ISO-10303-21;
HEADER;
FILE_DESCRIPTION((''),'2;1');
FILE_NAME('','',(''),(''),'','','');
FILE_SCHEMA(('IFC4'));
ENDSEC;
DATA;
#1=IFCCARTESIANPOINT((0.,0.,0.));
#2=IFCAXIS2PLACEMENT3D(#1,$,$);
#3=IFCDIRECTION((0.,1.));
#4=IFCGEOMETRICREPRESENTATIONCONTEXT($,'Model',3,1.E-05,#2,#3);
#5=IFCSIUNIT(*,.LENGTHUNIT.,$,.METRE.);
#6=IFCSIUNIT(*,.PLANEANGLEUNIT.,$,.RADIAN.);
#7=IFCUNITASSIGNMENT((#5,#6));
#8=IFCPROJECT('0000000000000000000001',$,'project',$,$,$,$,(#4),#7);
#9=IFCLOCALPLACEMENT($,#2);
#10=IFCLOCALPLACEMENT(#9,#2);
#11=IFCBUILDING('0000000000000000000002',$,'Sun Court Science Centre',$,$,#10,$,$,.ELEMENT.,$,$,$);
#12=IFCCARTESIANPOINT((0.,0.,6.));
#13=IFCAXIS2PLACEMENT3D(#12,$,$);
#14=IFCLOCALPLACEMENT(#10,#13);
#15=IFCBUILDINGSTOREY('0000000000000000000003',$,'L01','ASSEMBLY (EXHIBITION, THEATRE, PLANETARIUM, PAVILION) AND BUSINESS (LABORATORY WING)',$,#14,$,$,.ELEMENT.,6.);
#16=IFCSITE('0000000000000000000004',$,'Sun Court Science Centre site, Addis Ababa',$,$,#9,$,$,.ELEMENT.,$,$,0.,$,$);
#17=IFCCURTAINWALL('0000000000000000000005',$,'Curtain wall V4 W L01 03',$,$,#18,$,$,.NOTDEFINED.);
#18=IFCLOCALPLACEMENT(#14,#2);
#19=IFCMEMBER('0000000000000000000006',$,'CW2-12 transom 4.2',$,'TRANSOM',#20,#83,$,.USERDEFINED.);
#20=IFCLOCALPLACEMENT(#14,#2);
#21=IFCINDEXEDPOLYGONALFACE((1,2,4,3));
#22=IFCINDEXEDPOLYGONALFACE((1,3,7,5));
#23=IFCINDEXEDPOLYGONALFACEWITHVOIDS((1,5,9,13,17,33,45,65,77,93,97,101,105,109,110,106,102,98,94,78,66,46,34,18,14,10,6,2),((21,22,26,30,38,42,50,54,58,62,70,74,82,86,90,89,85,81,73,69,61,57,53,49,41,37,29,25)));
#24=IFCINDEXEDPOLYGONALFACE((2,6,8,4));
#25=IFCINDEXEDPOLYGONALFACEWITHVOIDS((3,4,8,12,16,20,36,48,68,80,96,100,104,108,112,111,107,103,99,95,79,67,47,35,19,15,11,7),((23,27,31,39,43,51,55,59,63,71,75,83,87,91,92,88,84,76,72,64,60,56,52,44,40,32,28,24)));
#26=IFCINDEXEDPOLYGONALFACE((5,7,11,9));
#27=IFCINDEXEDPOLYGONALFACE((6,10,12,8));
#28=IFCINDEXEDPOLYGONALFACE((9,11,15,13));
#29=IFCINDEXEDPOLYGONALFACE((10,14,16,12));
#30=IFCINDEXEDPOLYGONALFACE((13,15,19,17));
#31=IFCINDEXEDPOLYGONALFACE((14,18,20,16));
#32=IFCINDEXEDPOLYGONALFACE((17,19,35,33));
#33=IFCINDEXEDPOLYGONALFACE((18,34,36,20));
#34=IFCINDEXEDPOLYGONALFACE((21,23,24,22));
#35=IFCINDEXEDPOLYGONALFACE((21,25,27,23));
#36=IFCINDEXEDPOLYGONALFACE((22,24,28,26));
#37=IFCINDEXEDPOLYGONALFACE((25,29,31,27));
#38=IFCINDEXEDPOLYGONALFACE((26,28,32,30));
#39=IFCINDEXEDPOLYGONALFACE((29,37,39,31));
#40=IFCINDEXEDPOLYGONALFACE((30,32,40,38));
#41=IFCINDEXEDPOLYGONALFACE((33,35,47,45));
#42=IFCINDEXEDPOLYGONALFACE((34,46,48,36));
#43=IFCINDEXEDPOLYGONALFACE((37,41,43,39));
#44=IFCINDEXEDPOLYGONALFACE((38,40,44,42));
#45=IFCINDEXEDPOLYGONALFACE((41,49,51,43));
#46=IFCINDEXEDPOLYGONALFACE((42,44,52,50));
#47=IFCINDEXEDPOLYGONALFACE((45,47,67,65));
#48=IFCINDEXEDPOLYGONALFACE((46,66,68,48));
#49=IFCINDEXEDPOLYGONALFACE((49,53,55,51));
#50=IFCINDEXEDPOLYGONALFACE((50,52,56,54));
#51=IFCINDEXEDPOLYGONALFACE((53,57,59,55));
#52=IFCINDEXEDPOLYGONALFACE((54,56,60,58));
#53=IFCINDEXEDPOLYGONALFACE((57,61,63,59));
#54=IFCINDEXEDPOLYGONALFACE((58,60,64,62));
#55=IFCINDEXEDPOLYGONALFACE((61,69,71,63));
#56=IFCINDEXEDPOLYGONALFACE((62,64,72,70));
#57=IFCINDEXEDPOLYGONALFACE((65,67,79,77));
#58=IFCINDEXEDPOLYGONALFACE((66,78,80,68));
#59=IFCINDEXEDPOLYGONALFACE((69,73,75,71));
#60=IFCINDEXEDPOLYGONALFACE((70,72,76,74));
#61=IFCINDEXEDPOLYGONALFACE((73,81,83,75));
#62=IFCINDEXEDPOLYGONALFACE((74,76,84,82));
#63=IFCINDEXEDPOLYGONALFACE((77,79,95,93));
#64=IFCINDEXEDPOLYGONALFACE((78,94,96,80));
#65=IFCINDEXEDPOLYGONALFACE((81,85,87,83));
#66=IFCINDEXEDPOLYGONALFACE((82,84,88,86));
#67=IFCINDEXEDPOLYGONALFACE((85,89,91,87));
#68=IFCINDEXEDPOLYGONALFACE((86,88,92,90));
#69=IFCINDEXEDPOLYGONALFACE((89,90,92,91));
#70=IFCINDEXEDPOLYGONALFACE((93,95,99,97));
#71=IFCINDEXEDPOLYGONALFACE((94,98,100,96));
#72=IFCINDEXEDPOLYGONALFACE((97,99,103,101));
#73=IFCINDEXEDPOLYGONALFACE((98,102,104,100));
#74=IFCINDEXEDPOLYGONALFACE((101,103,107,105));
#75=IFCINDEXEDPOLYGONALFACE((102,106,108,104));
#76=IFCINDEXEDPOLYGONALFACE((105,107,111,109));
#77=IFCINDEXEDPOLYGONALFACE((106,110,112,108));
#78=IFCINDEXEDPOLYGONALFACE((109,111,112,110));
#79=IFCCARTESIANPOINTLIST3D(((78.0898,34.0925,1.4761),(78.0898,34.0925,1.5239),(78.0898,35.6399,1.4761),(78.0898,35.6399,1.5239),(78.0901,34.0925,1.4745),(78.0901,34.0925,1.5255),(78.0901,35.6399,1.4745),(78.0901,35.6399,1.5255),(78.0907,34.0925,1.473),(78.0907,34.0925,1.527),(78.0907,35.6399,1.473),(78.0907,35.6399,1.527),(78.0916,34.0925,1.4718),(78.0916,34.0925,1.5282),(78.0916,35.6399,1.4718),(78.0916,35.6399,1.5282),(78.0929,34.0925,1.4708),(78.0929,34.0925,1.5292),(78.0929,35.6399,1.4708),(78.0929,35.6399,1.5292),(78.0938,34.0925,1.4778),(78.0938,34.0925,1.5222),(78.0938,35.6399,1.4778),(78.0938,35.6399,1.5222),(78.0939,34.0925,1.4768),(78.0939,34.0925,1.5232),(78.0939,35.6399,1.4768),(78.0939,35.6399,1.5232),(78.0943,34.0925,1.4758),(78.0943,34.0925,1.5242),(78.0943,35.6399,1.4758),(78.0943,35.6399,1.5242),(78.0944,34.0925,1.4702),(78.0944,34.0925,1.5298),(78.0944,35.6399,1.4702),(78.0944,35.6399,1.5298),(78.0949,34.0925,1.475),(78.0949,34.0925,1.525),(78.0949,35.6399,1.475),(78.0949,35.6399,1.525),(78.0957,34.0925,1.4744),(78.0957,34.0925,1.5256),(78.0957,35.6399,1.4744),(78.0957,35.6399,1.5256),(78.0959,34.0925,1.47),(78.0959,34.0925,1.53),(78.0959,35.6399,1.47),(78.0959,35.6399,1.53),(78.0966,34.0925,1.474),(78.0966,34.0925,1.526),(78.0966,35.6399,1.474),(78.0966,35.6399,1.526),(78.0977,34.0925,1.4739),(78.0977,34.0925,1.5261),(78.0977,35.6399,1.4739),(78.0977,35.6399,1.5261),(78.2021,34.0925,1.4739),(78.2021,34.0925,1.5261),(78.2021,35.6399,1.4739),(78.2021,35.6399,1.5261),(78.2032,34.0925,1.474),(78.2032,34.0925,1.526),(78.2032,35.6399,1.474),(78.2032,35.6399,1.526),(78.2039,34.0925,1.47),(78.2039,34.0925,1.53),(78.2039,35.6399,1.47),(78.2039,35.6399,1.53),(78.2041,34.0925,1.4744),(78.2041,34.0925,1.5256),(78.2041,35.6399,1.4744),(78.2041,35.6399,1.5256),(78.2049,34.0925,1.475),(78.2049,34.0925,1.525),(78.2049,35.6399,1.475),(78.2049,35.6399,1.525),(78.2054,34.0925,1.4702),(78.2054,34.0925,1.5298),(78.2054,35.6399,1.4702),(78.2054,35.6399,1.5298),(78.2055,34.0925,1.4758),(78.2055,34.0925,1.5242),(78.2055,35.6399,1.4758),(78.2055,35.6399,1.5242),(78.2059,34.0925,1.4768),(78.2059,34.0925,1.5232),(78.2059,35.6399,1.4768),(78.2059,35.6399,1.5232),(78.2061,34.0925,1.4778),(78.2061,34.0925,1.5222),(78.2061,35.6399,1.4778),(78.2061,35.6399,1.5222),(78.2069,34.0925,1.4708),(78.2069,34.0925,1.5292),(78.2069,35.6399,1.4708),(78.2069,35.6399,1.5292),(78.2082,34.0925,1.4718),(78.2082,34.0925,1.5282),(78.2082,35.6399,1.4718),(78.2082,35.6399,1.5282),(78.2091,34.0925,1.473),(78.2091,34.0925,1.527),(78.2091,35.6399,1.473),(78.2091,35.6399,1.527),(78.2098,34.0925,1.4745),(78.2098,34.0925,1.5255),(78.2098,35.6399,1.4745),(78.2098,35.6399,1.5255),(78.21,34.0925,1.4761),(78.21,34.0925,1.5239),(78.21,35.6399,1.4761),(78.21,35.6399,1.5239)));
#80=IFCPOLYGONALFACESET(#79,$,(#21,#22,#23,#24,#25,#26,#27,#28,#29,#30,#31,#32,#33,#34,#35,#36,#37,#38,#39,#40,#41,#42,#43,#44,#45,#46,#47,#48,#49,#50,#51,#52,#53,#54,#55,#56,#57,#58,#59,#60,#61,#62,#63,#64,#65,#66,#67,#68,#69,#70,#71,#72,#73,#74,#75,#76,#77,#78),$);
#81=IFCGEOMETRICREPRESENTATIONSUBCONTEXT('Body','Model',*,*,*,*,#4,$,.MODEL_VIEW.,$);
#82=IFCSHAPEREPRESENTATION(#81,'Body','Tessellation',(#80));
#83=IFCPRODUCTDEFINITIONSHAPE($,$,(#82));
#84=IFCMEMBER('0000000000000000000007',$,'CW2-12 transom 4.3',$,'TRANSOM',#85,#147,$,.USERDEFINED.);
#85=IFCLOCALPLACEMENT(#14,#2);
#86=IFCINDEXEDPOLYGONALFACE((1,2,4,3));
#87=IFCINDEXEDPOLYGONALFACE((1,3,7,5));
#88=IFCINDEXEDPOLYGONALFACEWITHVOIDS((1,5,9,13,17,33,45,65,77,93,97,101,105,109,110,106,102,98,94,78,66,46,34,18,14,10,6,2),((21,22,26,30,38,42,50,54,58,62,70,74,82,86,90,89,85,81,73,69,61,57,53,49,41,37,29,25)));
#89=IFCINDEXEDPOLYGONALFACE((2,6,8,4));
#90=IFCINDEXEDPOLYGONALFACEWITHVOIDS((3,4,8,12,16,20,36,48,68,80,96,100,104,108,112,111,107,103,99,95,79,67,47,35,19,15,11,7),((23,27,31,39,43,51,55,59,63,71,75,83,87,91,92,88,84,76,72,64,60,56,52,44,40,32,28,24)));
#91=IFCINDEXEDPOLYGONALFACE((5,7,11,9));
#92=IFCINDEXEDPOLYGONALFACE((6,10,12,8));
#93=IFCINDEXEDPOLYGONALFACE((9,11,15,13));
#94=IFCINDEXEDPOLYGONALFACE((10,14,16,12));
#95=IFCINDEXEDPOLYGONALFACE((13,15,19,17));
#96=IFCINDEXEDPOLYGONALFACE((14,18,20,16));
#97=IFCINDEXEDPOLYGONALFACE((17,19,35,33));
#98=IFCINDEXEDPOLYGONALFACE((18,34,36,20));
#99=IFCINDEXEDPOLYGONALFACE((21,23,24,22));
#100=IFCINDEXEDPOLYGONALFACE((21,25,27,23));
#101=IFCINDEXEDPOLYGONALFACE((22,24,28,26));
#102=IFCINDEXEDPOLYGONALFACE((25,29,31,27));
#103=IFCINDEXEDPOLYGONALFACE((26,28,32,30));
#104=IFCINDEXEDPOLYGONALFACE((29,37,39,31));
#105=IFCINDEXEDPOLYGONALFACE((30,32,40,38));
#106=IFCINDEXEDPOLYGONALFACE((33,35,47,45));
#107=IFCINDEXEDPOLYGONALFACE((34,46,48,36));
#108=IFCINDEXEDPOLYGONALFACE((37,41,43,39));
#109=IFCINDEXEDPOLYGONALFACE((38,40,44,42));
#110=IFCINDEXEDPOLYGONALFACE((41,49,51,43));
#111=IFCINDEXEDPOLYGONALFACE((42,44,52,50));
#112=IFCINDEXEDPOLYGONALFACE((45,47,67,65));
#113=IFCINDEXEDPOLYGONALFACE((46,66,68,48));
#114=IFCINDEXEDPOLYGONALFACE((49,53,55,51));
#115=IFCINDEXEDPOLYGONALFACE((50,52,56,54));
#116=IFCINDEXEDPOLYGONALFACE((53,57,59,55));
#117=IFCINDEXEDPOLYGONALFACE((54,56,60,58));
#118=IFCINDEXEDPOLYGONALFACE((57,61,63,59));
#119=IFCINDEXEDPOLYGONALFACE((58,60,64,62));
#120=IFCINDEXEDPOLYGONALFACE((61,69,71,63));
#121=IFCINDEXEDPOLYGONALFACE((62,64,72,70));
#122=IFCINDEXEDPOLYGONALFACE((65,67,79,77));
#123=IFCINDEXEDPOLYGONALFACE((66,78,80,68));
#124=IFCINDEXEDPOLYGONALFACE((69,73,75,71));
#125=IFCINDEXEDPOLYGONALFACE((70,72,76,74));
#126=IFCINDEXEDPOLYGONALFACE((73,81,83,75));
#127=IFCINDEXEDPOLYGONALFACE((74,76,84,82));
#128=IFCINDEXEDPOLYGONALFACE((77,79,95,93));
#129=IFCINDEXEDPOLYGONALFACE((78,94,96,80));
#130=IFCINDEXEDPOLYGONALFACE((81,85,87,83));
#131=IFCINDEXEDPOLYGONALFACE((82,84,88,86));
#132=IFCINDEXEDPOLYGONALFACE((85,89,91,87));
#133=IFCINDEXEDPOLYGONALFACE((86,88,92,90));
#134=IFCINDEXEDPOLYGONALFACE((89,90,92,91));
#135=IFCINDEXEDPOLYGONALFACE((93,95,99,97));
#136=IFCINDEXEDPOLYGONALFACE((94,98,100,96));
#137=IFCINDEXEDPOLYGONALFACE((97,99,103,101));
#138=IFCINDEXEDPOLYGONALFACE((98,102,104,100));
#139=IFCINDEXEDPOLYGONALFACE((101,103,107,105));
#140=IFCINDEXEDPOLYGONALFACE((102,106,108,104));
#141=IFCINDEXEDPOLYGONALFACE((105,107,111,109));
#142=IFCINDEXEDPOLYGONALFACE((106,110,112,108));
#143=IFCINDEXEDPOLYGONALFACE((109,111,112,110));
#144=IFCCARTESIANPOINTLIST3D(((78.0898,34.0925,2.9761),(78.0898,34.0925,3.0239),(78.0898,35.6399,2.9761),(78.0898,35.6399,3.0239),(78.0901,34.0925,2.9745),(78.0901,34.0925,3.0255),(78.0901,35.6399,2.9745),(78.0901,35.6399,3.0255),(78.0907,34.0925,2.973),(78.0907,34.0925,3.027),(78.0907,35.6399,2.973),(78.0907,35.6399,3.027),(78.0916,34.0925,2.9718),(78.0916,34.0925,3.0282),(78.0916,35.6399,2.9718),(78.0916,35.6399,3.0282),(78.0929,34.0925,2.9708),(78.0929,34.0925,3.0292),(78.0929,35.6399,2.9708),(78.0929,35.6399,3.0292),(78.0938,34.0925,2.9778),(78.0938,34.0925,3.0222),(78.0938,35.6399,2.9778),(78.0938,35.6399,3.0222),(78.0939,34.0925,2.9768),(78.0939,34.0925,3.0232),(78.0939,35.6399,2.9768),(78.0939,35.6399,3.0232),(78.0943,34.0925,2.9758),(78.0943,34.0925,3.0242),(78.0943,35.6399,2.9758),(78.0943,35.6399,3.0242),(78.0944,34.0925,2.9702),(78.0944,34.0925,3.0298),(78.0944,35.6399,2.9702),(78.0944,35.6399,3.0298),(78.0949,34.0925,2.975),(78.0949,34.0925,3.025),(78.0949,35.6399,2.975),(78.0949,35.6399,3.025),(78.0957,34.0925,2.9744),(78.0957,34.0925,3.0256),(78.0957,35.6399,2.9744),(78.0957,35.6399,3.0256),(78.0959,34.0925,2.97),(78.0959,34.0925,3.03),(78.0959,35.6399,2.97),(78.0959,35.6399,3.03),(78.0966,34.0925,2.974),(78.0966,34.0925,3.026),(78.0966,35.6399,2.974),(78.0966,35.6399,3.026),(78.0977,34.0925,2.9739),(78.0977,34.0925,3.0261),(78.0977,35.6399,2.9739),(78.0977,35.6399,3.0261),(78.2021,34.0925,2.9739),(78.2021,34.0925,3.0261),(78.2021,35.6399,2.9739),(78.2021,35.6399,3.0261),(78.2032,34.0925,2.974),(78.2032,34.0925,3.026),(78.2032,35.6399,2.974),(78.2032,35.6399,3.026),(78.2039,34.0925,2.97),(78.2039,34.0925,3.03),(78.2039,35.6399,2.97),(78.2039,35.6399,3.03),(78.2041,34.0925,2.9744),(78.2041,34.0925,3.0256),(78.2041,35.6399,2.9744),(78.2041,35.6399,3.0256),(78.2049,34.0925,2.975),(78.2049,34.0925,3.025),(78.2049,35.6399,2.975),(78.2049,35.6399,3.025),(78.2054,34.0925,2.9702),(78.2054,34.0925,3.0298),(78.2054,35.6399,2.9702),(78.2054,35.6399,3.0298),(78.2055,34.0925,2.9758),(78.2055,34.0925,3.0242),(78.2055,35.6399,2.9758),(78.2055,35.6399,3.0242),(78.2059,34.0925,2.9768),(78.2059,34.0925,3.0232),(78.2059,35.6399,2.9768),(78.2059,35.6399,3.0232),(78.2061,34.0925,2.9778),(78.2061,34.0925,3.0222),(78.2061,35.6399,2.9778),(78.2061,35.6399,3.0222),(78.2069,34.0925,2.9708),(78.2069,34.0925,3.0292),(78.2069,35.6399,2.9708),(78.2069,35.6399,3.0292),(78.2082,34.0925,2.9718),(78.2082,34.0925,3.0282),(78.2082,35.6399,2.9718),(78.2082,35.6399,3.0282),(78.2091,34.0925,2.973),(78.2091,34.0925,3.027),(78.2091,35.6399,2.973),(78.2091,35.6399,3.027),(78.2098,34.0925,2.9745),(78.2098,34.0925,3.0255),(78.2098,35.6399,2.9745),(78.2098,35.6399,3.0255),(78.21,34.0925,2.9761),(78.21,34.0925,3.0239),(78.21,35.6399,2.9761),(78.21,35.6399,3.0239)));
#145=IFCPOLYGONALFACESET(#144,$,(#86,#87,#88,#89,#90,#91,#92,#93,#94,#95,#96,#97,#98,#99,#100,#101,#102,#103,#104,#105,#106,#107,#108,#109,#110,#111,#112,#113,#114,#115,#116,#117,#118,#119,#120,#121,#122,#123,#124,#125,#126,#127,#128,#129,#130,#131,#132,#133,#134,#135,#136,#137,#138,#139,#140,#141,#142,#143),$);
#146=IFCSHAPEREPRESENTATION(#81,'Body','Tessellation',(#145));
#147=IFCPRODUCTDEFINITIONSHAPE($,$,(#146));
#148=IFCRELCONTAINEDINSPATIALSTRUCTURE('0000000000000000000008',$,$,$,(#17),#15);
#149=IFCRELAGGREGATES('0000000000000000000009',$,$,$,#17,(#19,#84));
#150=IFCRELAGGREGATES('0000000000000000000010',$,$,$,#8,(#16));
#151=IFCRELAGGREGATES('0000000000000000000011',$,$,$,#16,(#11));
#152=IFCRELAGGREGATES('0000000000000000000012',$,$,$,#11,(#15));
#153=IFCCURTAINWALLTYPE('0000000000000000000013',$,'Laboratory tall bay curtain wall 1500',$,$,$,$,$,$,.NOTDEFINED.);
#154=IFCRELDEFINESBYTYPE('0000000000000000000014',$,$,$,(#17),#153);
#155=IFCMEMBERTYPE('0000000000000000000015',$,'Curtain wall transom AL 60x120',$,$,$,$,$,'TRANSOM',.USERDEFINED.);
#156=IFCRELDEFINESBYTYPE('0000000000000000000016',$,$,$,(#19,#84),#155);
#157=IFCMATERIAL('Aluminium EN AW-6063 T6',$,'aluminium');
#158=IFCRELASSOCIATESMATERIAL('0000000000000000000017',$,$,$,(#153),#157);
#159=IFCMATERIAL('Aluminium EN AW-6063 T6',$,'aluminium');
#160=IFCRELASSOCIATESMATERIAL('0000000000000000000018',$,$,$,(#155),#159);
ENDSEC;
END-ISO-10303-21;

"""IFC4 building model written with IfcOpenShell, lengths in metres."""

from ifc_helpers import new_model, si_unit, direction, frame, origin, origin_2d, place, context, subcontext, project, spatial, hollow_rectangle, extrude, material, material_profile, profile_set, type_object, element, aggregate, save


model = new_model("IFC4")

# Units and contexts
model_context = context("Model", 3, precision=1e-05, world=origin(), true_north=direction((0.0, 1.0)))
body_context = subcontext(model_context, "Body", "Model", "MODEL_VIEW")
ifc_project = project(units=[si_unit("LENGTHUNIT", "METRE"), si_unit("PLANEANGLEUNIT", "RADIAN")], contexts=[model_context])

# Site, building, storey
site_placement = place(None, origin())
site = spatial("IfcSite", under=ifc_project, at=site_placement, Name="Sun Court Science Centre site, Addis Ababa", CompositionType="ELEMENT", RefElevation=0.0)
building_placement = place(site_placement, origin())
building = spatial("IfcBuilding", under=site, at=building_placement, Name="Sun Court Science Centre", CompositionType="ELEMENT")
storey_placement = place(building_placement, frame((0.0, 0.0, 6.0)))
storey = spatial("IfcBuildingStorey", under=building, at=storey_placement, Name="L01", Description="ASSEMBLY (EXHIBITION, THEATRE, PLANETARIUM, PAVILION) AND BUSINESS (LABORATORY WING)", CompositionType="ELEMENT", Elevation=6.0)

# Curtain wall
ifc_material_1 = material(Name="Aluminium EN AW-6063 T6", Category="aluminium")
curtain_wall_type = type_object("IfcCurtainWallType", Name="Laboratory tall bay curtain wall 1500", PredefinedType="NOTDEFINED", material=ifc_material_1)
curtain_wall_1_placement = place(storey_placement, origin())
curtain_wall_1 = element("IfcCurtainWall", 1, at=curtain_wall_1_placement, inside=storey, type_object=curtain_wall_type, Name="Curtain wall V4 W L01 03", PredefinedType="NOTDEFINED")

# Members
ifc_material_2 = material(Name="Aluminium EN AW-6063 T6", Category="aluminium")
ifc_material_profile_1 = material_profile(ifc_material_2, hollow_rectangle(XDim=0.0601, YDim=0.1201, WallThickness=0.0039, InnerFilletRadius=0.0039, OuterFilletRadius=0.0061, at=origin_2d()), Name="AL 60x120x4")
ifc_profile_set_1 = profile_set([ifc_material_profile_1], Name="Aluminium EN AW-6063 T6")
member_type_1 = type_object("IfcMemberType", Name="Curtain wall transom AL 60x120", ElementType="TRANSOM", PredefinedType="USERDEFINED", material=ifc_profile_set_1)
member_1_placement = place(storey_placement, frame((78.1499, 34.0925, 1.5), z_axis=(0.0, 1.0, 0.0), x_axis=(0.0, 0.0, 1.0)))
member_1 = element("IfcMember", 2, at=member_1_placement, type_object=member_type_1, Name="CW2-12 transom 4.2", ObjectType="TRANSOM", PredefinedType="USERDEFINED", context=body_context, shape_type="SweptSolid", body=[
    extrude(hollow_rectangle(XDim=0.0601, YDim=0.1201, WallThickness=0.0039, InnerFilletRadius=0.0039, OuterFilletRadius=0.0061, at=origin_2d()), origin(), (0.0, 0.0, 1.0), 1.5474),
])
member_2_placement = place(storey_placement, frame((78.1499, 34.0925, 3.0), z_axis=(0.0, 1.0, 0.0), x_axis=(0.0, 0.0, 1.0)))
member_2 = element("IfcMember", 3, at=member_2_placement, type_object=member_type_1, Name="CW2-12 transom 4.3", ObjectType="TRANSOM", PredefinedType="USERDEFINED", context=body_context, shape_type="SweptSolid", body=[
    extrude(hollow_rectangle(XDim=0.0601, YDim=0.1201, WallThickness=0.0039, InnerFilletRadius=0.0039, OuterFilletRadius=0.0061, at=origin_2d()), origin(), (0.0, 0.0, 1.0), 1.5474),
])

aggregate(curtain_wall_1, [member_1, member_2])

save(model, "model.ifc")
